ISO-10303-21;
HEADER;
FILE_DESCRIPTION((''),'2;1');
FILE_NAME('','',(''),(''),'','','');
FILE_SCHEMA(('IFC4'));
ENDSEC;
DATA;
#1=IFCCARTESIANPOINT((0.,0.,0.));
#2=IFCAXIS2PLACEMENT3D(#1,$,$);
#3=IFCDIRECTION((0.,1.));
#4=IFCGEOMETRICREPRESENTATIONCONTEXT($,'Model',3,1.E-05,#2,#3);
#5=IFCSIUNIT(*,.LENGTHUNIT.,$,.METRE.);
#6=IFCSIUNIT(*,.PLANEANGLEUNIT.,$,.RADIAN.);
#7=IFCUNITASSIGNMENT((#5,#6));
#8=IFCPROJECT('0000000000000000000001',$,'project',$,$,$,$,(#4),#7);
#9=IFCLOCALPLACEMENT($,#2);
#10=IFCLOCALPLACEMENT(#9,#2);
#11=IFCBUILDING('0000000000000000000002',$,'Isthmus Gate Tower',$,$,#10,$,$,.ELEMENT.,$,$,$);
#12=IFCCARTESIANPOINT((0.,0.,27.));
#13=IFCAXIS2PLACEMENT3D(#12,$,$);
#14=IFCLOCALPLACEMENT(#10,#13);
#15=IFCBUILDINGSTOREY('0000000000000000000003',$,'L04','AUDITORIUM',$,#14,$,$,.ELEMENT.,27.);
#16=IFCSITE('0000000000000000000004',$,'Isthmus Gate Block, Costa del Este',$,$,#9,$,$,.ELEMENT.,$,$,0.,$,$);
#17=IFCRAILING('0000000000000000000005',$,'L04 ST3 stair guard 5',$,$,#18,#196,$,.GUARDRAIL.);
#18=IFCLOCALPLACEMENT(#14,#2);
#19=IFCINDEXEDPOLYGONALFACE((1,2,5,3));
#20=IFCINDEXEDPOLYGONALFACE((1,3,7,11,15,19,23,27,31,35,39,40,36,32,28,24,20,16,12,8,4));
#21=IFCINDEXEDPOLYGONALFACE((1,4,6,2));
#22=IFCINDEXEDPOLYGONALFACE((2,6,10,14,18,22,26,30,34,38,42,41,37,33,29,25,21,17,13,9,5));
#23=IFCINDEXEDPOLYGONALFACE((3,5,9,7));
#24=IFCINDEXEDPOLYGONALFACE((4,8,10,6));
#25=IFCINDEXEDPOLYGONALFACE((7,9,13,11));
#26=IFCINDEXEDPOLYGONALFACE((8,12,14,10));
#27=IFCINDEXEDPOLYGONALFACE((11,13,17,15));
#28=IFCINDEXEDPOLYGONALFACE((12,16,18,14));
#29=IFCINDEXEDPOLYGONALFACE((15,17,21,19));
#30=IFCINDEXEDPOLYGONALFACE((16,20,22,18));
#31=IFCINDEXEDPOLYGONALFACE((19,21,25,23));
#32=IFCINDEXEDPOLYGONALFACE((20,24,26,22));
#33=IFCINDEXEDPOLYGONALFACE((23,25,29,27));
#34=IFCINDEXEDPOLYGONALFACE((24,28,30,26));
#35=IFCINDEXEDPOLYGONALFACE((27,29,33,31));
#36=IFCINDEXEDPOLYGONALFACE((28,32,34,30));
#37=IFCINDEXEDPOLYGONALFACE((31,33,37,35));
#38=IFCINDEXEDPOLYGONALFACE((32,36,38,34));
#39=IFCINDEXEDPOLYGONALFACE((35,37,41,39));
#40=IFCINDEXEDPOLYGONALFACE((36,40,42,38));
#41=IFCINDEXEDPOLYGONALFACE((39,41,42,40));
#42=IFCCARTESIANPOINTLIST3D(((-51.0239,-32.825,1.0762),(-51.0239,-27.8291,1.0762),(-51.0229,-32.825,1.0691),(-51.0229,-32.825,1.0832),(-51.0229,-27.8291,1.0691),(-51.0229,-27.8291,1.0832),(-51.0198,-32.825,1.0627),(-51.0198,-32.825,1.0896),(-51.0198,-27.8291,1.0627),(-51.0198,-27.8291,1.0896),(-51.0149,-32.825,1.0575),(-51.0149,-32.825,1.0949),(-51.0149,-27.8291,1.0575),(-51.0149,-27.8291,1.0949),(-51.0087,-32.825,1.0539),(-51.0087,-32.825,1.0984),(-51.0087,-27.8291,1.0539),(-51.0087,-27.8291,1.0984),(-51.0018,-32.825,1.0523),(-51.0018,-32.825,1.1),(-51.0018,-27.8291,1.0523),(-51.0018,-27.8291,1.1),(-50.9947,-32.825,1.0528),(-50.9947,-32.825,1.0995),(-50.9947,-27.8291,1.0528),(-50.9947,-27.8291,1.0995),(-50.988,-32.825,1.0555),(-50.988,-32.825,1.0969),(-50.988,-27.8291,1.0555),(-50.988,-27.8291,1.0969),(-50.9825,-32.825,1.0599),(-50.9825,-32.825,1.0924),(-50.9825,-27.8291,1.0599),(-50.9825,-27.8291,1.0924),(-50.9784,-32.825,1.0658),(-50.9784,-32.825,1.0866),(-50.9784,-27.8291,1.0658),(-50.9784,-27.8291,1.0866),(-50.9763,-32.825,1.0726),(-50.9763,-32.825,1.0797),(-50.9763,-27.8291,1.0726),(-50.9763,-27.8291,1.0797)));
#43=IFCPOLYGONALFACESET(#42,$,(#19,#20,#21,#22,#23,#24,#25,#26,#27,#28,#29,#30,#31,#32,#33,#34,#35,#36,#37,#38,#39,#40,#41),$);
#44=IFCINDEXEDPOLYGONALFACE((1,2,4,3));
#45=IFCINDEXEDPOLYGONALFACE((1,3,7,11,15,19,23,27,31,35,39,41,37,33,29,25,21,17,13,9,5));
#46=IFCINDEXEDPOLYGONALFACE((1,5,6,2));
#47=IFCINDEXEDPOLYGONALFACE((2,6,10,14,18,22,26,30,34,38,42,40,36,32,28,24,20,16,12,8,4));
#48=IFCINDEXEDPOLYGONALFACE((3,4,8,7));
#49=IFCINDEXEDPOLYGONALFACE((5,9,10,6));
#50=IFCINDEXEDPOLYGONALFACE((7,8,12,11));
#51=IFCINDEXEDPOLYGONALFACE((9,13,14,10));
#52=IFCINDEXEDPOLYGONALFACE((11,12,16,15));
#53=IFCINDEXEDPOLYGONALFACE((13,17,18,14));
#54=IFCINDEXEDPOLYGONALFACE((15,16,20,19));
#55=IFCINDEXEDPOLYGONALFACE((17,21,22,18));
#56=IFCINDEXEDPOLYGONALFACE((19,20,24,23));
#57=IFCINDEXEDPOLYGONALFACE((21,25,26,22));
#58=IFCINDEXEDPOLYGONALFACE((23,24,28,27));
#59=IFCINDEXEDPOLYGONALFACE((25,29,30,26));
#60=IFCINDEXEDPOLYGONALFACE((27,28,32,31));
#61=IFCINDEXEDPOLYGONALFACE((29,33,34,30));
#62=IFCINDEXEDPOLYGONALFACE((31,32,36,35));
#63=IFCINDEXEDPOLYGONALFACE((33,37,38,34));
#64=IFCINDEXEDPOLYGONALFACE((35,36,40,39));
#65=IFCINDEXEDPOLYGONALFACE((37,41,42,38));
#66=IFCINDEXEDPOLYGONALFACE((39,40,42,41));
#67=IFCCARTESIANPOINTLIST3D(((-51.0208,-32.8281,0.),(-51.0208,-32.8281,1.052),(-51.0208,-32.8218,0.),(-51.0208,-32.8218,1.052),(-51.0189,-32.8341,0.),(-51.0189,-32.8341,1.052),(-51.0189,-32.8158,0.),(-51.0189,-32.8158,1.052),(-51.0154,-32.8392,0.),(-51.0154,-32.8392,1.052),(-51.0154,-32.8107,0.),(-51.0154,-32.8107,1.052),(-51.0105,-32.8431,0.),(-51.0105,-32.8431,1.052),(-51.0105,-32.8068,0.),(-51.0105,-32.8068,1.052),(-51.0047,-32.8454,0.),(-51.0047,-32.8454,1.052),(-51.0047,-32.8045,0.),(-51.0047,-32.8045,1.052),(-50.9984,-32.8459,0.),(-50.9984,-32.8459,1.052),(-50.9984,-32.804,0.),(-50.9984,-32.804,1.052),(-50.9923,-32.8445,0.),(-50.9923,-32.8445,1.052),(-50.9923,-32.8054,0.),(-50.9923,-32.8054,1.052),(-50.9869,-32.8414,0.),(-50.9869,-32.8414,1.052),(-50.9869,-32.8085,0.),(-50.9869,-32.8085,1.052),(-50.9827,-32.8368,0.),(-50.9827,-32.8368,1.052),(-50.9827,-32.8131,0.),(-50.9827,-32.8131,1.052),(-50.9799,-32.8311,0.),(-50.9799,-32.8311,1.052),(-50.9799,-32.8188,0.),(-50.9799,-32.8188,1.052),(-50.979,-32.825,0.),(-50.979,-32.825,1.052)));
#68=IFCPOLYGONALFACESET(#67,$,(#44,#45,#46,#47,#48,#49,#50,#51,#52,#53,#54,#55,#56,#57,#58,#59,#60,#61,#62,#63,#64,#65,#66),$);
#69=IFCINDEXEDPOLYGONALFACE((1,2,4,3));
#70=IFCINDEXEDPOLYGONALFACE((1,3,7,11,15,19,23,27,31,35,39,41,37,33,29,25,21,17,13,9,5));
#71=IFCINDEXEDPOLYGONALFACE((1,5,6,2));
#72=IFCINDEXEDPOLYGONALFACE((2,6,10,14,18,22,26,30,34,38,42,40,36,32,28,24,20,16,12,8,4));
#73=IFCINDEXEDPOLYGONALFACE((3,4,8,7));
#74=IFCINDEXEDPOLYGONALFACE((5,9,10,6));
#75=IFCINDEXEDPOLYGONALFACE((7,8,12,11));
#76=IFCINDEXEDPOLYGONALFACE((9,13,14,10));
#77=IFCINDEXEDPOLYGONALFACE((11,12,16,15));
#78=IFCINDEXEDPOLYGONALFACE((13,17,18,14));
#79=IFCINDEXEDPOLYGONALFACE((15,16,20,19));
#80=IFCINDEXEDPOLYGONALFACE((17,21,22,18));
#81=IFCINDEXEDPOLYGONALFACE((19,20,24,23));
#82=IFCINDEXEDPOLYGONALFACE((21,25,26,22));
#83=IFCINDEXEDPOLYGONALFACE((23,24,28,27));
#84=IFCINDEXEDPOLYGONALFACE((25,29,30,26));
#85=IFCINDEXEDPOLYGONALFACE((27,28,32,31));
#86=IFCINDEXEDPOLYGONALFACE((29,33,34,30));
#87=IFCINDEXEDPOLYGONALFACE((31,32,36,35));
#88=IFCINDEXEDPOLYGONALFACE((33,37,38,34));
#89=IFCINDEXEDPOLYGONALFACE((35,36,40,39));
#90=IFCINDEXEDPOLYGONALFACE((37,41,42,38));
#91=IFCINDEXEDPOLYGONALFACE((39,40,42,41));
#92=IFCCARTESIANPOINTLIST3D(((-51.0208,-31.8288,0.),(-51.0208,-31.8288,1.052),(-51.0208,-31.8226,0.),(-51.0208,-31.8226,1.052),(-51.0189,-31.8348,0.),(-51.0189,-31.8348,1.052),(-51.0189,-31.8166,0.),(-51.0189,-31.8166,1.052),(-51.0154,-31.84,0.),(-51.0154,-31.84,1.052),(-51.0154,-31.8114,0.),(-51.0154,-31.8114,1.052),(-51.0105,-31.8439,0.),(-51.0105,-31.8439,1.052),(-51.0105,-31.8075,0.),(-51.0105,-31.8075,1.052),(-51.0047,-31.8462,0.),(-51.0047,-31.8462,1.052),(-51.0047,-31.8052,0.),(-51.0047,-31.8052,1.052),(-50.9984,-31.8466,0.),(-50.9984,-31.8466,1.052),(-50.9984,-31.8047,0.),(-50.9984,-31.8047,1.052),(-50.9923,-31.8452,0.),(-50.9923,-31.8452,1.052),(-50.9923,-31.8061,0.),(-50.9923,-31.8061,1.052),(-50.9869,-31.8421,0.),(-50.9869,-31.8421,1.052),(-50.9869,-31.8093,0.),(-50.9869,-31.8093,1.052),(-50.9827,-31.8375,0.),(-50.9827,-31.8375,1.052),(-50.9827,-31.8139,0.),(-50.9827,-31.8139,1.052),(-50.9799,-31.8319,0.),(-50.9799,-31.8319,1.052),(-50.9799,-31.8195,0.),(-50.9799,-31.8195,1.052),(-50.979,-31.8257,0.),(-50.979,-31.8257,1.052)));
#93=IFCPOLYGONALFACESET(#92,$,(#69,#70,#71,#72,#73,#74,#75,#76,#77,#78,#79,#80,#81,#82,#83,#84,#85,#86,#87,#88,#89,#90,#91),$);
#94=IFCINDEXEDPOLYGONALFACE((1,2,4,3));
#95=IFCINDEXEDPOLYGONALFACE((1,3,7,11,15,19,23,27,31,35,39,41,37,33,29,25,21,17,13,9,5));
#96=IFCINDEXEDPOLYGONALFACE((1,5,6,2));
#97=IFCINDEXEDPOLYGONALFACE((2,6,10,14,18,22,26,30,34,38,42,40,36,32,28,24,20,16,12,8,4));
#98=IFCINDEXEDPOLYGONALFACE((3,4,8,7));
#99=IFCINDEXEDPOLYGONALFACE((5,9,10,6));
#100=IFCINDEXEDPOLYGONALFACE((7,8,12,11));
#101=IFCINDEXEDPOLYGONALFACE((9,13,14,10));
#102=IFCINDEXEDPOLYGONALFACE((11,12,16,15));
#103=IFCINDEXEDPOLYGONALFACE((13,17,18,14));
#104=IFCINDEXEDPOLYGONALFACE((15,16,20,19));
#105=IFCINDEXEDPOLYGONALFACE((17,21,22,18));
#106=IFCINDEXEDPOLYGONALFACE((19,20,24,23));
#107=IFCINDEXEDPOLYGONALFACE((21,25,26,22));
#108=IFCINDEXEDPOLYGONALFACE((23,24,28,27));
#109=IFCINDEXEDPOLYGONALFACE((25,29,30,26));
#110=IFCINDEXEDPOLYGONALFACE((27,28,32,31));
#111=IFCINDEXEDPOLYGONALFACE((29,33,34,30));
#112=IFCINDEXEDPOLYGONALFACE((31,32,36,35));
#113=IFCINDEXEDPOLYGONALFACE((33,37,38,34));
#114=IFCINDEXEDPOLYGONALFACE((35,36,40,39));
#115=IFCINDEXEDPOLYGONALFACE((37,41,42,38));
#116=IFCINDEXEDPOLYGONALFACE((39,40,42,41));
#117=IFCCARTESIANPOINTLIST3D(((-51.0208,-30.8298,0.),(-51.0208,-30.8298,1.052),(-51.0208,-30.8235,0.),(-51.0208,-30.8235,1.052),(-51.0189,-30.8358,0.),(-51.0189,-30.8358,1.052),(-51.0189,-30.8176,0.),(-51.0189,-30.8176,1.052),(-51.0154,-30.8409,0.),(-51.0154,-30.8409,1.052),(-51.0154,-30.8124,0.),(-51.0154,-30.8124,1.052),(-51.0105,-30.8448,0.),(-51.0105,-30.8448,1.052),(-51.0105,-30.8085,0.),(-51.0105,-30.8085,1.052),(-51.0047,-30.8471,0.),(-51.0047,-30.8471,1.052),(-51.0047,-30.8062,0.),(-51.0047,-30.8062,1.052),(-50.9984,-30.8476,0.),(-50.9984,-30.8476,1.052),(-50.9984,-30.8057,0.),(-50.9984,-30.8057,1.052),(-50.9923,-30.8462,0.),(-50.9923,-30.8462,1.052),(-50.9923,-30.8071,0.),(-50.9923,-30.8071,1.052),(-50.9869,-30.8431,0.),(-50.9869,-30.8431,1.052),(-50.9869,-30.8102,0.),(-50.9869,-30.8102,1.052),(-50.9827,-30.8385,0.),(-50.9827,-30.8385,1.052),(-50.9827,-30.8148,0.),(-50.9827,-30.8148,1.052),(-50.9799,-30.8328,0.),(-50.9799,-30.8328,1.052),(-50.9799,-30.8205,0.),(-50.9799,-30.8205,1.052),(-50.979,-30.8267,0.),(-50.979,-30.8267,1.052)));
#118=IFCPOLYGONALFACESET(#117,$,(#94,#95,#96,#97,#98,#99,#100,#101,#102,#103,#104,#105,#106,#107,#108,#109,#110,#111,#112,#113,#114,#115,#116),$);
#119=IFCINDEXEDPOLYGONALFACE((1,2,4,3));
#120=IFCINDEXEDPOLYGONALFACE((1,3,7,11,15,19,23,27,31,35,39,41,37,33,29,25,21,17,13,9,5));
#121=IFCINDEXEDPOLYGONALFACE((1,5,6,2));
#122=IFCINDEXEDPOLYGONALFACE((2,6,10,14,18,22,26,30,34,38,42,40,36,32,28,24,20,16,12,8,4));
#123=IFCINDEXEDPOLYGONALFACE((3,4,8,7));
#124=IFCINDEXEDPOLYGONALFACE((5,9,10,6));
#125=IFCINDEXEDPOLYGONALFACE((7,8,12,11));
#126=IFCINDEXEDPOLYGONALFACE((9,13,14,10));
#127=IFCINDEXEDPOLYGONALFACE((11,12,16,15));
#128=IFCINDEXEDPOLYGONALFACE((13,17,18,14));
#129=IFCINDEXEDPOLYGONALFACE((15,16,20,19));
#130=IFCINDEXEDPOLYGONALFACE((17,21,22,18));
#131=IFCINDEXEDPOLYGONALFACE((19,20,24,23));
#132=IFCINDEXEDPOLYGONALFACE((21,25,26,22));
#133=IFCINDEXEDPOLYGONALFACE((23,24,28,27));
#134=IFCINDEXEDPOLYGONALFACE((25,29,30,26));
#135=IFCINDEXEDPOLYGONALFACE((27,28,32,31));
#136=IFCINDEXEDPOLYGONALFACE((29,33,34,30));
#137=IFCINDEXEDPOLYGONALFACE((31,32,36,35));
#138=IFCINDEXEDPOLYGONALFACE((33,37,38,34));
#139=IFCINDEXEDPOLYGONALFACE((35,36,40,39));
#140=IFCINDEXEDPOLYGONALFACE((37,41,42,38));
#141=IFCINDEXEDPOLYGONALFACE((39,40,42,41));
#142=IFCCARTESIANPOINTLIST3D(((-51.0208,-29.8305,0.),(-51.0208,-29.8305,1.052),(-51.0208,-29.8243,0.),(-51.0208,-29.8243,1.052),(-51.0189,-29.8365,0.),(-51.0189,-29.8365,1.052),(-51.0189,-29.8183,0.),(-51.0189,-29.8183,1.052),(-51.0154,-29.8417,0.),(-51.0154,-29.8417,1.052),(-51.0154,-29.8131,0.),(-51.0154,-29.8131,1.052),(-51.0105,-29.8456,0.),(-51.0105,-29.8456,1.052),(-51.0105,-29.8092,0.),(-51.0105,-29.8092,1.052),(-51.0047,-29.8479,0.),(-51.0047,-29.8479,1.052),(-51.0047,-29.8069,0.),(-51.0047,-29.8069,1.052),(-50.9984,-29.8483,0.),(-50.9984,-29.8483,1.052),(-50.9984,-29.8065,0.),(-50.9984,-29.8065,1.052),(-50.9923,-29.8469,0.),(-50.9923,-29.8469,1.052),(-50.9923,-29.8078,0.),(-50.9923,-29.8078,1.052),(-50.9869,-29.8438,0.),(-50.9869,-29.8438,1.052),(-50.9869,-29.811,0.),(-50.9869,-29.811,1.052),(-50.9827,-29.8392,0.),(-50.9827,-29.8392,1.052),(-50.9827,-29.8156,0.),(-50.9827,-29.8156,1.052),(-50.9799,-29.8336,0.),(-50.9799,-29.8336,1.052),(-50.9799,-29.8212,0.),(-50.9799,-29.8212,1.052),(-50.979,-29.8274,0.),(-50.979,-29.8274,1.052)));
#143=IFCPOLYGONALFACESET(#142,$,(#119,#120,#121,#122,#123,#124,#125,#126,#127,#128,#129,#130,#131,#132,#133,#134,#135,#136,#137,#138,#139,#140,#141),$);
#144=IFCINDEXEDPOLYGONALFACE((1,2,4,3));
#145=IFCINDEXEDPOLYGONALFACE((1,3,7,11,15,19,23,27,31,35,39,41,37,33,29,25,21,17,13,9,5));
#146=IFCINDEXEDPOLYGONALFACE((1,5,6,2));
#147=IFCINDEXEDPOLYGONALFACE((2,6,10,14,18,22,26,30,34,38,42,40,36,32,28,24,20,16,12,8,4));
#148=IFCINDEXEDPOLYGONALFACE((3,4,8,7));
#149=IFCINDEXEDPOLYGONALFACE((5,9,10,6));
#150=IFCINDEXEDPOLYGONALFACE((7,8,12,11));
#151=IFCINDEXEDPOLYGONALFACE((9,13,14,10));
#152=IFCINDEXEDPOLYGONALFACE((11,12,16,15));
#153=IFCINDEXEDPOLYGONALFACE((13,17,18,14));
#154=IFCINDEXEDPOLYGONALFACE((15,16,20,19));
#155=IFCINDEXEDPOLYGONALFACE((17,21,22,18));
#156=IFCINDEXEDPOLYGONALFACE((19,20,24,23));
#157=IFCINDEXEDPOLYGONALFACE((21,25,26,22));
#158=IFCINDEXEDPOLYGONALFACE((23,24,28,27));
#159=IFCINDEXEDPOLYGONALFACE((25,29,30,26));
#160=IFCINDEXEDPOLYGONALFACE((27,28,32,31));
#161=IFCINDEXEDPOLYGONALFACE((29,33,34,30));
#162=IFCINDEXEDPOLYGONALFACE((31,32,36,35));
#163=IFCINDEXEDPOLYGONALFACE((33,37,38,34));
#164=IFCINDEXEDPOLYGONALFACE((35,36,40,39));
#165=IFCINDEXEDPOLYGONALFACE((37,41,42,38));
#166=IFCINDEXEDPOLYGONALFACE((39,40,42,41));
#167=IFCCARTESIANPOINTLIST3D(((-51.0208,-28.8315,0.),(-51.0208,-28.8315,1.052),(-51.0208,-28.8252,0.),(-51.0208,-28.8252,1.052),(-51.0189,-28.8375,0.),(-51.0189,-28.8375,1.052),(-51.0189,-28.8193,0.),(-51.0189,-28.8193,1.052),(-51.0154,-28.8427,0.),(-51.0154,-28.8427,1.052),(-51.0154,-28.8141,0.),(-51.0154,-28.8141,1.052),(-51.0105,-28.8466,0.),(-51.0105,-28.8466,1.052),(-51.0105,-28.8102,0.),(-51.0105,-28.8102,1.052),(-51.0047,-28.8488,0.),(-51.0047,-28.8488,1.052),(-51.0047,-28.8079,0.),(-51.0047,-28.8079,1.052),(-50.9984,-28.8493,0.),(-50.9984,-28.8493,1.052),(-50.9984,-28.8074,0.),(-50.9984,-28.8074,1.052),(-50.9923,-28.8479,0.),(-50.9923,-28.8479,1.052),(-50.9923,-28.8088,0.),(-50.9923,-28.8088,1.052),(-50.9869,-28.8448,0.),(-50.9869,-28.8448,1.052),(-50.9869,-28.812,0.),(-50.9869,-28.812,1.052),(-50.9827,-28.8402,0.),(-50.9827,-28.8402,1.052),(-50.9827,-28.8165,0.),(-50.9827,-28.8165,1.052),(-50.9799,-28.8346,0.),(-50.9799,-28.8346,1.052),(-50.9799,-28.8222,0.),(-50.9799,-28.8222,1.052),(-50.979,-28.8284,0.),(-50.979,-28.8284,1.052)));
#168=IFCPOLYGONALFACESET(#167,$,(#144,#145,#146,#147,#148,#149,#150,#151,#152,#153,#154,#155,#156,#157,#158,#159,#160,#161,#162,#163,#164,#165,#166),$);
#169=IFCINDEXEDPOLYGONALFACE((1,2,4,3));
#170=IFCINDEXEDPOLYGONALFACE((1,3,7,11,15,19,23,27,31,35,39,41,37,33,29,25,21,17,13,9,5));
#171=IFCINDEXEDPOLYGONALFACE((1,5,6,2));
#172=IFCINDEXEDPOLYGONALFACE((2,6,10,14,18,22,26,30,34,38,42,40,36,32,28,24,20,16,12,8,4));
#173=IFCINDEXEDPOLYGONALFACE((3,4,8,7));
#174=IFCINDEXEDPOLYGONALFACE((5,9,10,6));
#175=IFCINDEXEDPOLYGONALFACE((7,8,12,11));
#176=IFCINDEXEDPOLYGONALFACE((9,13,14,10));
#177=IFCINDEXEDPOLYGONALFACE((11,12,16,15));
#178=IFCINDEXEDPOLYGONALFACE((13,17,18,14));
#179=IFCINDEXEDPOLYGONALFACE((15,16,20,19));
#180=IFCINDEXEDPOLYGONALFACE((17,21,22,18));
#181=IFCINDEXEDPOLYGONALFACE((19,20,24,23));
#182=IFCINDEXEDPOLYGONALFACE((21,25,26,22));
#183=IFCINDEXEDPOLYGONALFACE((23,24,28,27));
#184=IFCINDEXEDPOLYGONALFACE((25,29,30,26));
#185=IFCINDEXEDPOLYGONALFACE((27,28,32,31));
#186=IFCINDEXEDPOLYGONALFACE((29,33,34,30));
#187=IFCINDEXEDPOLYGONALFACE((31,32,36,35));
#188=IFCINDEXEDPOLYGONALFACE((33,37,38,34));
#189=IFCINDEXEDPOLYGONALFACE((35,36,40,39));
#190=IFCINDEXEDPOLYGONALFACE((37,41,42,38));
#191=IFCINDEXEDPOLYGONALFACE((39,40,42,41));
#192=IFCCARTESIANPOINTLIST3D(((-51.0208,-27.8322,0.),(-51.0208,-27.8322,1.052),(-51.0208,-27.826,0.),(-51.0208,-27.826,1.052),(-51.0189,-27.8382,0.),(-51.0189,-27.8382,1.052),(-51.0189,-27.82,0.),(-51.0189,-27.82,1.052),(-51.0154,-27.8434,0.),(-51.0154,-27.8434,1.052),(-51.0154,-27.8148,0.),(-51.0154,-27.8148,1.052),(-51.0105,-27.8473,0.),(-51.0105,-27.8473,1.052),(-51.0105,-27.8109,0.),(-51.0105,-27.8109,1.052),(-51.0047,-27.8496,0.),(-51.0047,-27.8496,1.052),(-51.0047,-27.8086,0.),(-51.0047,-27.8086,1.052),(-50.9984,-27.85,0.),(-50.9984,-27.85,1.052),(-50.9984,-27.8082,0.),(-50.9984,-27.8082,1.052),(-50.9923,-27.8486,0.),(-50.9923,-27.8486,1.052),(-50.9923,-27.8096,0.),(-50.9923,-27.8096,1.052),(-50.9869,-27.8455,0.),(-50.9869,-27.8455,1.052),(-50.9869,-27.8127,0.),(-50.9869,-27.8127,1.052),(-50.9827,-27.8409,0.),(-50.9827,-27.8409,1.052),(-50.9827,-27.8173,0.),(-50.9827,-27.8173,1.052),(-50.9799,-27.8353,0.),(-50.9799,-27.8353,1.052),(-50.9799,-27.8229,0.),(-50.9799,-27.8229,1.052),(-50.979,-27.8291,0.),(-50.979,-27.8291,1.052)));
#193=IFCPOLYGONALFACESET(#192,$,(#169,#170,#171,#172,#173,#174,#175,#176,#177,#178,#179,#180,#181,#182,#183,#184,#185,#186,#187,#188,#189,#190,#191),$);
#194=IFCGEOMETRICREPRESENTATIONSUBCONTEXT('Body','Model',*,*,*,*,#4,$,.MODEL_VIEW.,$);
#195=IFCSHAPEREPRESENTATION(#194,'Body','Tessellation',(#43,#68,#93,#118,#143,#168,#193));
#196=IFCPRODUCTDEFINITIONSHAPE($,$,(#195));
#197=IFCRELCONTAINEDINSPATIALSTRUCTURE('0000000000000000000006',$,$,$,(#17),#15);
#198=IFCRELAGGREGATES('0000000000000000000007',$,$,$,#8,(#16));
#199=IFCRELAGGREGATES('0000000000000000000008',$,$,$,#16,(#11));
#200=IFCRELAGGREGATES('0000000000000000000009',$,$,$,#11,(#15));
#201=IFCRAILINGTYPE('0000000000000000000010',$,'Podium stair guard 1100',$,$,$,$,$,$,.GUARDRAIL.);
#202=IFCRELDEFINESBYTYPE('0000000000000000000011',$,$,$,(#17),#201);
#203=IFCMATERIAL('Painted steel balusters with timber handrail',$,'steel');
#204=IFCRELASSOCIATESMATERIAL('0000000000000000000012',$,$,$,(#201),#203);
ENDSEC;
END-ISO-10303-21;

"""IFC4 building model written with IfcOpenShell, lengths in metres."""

from ifc_helpers import new_model, si_unit, direction, frame, origin, origin_2d, place, context, subcontext, project, spatial, circle, extrude, material, type_object, element, save


model = new_model("IFC4")

# Units and contexts
model_context = context("Model", 3, precision=1e-05, world=origin(), true_north=direction((0.0, 1.0)))
body_context = subcontext(model_context, "Body", "Model", "MODEL_VIEW")
ifc_project = project(units=[si_unit("LENGTHUNIT", "METRE"), si_unit("PLANEANGLEUNIT", "RADIAN")], contexts=[model_context])

# Site, building, storey
site_placement = place(None, origin())
site = spatial("IfcSite", under=ifc_project, at=site_placement, Name="Isthmus Gate Block, Costa del Este", CompositionType="ELEMENT", RefElevation=0.0)
building_placement = place(site_placement, origin())
building = spatial("IfcBuilding", under=site, at=building_placement, Name="Isthmus Gate Tower", CompositionType="ELEMENT")
storey_placement = place(building_placement, frame((0.0, 0.0, 27.0)))
storey = spatial("IfcBuildingStorey", under=building, at=storey_placement, Name="L04", Description="AUDITORIUM", CompositionType="ELEMENT", Elevation=27.0)

# Railing
ifc_material_1 = material(Name="Painted steel balusters with timber handrail", Category="steel")
railing_type_1 = type_object("IfcRailingType", Name="Podium stair guard 1100", PredefinedType="GUARDRAIL", material=ifc_material_1)
railing_1_placement = place(storey_placement, frame((-51.0, -32.825, 0.0)))
element("IfcRailing", 1, at=railing_1_placement, inside=storey, type_object=railing_type_1, Name="L04 ST3 stair guard 5", PredefinedType="GUARDRAIL", context=body_context, shape_type="SweptSolid", body=[
    extrude(circle(Radius=0.0239, at=origin_2d()), frame((0.0, 0.0, 1.0762), z_axis=(0.0, 1.0, 0.0), x_axis=(-1.0, 0.0, 0.0)), (0.0, 0.0, 1.0), 4.9958),
    extrude(circle(Radius=0.021, at=origin_2d()), origin(), (0.0, 0.0, 1.0), 1.052),
    extrude(circle(Radius=0.021, at=origin_2d()), frame((0.0, 0.9993, 0.0)), (0.0, 0.0, 1.0), 1.052),
    extrude(circle(Radius=0.021, at=origin_2d()), frame((0.0, 1.9983, 0.0)), (0.0, 0.0, 1.0), 1.052),
    extrude(circle(Radius=0.021, at=origin_2d()), frame((0.0, 2.9976, 0.0)), (0.0, 0.0, 1.0), 1.052),
    extrude(circle(Radius=0.021, at=origin_2d()), frame((0.0, 3.9966, 0.0)), (0.0, 0.0, 1.0), 1.052),
    extrude(circle(Radius=0.021, at=origin_2d()), frame((0.0, 4.9958, 0.0)), (0.0, 0.0, 1.0), 1.052),
])

save(model, "model.ifc")
